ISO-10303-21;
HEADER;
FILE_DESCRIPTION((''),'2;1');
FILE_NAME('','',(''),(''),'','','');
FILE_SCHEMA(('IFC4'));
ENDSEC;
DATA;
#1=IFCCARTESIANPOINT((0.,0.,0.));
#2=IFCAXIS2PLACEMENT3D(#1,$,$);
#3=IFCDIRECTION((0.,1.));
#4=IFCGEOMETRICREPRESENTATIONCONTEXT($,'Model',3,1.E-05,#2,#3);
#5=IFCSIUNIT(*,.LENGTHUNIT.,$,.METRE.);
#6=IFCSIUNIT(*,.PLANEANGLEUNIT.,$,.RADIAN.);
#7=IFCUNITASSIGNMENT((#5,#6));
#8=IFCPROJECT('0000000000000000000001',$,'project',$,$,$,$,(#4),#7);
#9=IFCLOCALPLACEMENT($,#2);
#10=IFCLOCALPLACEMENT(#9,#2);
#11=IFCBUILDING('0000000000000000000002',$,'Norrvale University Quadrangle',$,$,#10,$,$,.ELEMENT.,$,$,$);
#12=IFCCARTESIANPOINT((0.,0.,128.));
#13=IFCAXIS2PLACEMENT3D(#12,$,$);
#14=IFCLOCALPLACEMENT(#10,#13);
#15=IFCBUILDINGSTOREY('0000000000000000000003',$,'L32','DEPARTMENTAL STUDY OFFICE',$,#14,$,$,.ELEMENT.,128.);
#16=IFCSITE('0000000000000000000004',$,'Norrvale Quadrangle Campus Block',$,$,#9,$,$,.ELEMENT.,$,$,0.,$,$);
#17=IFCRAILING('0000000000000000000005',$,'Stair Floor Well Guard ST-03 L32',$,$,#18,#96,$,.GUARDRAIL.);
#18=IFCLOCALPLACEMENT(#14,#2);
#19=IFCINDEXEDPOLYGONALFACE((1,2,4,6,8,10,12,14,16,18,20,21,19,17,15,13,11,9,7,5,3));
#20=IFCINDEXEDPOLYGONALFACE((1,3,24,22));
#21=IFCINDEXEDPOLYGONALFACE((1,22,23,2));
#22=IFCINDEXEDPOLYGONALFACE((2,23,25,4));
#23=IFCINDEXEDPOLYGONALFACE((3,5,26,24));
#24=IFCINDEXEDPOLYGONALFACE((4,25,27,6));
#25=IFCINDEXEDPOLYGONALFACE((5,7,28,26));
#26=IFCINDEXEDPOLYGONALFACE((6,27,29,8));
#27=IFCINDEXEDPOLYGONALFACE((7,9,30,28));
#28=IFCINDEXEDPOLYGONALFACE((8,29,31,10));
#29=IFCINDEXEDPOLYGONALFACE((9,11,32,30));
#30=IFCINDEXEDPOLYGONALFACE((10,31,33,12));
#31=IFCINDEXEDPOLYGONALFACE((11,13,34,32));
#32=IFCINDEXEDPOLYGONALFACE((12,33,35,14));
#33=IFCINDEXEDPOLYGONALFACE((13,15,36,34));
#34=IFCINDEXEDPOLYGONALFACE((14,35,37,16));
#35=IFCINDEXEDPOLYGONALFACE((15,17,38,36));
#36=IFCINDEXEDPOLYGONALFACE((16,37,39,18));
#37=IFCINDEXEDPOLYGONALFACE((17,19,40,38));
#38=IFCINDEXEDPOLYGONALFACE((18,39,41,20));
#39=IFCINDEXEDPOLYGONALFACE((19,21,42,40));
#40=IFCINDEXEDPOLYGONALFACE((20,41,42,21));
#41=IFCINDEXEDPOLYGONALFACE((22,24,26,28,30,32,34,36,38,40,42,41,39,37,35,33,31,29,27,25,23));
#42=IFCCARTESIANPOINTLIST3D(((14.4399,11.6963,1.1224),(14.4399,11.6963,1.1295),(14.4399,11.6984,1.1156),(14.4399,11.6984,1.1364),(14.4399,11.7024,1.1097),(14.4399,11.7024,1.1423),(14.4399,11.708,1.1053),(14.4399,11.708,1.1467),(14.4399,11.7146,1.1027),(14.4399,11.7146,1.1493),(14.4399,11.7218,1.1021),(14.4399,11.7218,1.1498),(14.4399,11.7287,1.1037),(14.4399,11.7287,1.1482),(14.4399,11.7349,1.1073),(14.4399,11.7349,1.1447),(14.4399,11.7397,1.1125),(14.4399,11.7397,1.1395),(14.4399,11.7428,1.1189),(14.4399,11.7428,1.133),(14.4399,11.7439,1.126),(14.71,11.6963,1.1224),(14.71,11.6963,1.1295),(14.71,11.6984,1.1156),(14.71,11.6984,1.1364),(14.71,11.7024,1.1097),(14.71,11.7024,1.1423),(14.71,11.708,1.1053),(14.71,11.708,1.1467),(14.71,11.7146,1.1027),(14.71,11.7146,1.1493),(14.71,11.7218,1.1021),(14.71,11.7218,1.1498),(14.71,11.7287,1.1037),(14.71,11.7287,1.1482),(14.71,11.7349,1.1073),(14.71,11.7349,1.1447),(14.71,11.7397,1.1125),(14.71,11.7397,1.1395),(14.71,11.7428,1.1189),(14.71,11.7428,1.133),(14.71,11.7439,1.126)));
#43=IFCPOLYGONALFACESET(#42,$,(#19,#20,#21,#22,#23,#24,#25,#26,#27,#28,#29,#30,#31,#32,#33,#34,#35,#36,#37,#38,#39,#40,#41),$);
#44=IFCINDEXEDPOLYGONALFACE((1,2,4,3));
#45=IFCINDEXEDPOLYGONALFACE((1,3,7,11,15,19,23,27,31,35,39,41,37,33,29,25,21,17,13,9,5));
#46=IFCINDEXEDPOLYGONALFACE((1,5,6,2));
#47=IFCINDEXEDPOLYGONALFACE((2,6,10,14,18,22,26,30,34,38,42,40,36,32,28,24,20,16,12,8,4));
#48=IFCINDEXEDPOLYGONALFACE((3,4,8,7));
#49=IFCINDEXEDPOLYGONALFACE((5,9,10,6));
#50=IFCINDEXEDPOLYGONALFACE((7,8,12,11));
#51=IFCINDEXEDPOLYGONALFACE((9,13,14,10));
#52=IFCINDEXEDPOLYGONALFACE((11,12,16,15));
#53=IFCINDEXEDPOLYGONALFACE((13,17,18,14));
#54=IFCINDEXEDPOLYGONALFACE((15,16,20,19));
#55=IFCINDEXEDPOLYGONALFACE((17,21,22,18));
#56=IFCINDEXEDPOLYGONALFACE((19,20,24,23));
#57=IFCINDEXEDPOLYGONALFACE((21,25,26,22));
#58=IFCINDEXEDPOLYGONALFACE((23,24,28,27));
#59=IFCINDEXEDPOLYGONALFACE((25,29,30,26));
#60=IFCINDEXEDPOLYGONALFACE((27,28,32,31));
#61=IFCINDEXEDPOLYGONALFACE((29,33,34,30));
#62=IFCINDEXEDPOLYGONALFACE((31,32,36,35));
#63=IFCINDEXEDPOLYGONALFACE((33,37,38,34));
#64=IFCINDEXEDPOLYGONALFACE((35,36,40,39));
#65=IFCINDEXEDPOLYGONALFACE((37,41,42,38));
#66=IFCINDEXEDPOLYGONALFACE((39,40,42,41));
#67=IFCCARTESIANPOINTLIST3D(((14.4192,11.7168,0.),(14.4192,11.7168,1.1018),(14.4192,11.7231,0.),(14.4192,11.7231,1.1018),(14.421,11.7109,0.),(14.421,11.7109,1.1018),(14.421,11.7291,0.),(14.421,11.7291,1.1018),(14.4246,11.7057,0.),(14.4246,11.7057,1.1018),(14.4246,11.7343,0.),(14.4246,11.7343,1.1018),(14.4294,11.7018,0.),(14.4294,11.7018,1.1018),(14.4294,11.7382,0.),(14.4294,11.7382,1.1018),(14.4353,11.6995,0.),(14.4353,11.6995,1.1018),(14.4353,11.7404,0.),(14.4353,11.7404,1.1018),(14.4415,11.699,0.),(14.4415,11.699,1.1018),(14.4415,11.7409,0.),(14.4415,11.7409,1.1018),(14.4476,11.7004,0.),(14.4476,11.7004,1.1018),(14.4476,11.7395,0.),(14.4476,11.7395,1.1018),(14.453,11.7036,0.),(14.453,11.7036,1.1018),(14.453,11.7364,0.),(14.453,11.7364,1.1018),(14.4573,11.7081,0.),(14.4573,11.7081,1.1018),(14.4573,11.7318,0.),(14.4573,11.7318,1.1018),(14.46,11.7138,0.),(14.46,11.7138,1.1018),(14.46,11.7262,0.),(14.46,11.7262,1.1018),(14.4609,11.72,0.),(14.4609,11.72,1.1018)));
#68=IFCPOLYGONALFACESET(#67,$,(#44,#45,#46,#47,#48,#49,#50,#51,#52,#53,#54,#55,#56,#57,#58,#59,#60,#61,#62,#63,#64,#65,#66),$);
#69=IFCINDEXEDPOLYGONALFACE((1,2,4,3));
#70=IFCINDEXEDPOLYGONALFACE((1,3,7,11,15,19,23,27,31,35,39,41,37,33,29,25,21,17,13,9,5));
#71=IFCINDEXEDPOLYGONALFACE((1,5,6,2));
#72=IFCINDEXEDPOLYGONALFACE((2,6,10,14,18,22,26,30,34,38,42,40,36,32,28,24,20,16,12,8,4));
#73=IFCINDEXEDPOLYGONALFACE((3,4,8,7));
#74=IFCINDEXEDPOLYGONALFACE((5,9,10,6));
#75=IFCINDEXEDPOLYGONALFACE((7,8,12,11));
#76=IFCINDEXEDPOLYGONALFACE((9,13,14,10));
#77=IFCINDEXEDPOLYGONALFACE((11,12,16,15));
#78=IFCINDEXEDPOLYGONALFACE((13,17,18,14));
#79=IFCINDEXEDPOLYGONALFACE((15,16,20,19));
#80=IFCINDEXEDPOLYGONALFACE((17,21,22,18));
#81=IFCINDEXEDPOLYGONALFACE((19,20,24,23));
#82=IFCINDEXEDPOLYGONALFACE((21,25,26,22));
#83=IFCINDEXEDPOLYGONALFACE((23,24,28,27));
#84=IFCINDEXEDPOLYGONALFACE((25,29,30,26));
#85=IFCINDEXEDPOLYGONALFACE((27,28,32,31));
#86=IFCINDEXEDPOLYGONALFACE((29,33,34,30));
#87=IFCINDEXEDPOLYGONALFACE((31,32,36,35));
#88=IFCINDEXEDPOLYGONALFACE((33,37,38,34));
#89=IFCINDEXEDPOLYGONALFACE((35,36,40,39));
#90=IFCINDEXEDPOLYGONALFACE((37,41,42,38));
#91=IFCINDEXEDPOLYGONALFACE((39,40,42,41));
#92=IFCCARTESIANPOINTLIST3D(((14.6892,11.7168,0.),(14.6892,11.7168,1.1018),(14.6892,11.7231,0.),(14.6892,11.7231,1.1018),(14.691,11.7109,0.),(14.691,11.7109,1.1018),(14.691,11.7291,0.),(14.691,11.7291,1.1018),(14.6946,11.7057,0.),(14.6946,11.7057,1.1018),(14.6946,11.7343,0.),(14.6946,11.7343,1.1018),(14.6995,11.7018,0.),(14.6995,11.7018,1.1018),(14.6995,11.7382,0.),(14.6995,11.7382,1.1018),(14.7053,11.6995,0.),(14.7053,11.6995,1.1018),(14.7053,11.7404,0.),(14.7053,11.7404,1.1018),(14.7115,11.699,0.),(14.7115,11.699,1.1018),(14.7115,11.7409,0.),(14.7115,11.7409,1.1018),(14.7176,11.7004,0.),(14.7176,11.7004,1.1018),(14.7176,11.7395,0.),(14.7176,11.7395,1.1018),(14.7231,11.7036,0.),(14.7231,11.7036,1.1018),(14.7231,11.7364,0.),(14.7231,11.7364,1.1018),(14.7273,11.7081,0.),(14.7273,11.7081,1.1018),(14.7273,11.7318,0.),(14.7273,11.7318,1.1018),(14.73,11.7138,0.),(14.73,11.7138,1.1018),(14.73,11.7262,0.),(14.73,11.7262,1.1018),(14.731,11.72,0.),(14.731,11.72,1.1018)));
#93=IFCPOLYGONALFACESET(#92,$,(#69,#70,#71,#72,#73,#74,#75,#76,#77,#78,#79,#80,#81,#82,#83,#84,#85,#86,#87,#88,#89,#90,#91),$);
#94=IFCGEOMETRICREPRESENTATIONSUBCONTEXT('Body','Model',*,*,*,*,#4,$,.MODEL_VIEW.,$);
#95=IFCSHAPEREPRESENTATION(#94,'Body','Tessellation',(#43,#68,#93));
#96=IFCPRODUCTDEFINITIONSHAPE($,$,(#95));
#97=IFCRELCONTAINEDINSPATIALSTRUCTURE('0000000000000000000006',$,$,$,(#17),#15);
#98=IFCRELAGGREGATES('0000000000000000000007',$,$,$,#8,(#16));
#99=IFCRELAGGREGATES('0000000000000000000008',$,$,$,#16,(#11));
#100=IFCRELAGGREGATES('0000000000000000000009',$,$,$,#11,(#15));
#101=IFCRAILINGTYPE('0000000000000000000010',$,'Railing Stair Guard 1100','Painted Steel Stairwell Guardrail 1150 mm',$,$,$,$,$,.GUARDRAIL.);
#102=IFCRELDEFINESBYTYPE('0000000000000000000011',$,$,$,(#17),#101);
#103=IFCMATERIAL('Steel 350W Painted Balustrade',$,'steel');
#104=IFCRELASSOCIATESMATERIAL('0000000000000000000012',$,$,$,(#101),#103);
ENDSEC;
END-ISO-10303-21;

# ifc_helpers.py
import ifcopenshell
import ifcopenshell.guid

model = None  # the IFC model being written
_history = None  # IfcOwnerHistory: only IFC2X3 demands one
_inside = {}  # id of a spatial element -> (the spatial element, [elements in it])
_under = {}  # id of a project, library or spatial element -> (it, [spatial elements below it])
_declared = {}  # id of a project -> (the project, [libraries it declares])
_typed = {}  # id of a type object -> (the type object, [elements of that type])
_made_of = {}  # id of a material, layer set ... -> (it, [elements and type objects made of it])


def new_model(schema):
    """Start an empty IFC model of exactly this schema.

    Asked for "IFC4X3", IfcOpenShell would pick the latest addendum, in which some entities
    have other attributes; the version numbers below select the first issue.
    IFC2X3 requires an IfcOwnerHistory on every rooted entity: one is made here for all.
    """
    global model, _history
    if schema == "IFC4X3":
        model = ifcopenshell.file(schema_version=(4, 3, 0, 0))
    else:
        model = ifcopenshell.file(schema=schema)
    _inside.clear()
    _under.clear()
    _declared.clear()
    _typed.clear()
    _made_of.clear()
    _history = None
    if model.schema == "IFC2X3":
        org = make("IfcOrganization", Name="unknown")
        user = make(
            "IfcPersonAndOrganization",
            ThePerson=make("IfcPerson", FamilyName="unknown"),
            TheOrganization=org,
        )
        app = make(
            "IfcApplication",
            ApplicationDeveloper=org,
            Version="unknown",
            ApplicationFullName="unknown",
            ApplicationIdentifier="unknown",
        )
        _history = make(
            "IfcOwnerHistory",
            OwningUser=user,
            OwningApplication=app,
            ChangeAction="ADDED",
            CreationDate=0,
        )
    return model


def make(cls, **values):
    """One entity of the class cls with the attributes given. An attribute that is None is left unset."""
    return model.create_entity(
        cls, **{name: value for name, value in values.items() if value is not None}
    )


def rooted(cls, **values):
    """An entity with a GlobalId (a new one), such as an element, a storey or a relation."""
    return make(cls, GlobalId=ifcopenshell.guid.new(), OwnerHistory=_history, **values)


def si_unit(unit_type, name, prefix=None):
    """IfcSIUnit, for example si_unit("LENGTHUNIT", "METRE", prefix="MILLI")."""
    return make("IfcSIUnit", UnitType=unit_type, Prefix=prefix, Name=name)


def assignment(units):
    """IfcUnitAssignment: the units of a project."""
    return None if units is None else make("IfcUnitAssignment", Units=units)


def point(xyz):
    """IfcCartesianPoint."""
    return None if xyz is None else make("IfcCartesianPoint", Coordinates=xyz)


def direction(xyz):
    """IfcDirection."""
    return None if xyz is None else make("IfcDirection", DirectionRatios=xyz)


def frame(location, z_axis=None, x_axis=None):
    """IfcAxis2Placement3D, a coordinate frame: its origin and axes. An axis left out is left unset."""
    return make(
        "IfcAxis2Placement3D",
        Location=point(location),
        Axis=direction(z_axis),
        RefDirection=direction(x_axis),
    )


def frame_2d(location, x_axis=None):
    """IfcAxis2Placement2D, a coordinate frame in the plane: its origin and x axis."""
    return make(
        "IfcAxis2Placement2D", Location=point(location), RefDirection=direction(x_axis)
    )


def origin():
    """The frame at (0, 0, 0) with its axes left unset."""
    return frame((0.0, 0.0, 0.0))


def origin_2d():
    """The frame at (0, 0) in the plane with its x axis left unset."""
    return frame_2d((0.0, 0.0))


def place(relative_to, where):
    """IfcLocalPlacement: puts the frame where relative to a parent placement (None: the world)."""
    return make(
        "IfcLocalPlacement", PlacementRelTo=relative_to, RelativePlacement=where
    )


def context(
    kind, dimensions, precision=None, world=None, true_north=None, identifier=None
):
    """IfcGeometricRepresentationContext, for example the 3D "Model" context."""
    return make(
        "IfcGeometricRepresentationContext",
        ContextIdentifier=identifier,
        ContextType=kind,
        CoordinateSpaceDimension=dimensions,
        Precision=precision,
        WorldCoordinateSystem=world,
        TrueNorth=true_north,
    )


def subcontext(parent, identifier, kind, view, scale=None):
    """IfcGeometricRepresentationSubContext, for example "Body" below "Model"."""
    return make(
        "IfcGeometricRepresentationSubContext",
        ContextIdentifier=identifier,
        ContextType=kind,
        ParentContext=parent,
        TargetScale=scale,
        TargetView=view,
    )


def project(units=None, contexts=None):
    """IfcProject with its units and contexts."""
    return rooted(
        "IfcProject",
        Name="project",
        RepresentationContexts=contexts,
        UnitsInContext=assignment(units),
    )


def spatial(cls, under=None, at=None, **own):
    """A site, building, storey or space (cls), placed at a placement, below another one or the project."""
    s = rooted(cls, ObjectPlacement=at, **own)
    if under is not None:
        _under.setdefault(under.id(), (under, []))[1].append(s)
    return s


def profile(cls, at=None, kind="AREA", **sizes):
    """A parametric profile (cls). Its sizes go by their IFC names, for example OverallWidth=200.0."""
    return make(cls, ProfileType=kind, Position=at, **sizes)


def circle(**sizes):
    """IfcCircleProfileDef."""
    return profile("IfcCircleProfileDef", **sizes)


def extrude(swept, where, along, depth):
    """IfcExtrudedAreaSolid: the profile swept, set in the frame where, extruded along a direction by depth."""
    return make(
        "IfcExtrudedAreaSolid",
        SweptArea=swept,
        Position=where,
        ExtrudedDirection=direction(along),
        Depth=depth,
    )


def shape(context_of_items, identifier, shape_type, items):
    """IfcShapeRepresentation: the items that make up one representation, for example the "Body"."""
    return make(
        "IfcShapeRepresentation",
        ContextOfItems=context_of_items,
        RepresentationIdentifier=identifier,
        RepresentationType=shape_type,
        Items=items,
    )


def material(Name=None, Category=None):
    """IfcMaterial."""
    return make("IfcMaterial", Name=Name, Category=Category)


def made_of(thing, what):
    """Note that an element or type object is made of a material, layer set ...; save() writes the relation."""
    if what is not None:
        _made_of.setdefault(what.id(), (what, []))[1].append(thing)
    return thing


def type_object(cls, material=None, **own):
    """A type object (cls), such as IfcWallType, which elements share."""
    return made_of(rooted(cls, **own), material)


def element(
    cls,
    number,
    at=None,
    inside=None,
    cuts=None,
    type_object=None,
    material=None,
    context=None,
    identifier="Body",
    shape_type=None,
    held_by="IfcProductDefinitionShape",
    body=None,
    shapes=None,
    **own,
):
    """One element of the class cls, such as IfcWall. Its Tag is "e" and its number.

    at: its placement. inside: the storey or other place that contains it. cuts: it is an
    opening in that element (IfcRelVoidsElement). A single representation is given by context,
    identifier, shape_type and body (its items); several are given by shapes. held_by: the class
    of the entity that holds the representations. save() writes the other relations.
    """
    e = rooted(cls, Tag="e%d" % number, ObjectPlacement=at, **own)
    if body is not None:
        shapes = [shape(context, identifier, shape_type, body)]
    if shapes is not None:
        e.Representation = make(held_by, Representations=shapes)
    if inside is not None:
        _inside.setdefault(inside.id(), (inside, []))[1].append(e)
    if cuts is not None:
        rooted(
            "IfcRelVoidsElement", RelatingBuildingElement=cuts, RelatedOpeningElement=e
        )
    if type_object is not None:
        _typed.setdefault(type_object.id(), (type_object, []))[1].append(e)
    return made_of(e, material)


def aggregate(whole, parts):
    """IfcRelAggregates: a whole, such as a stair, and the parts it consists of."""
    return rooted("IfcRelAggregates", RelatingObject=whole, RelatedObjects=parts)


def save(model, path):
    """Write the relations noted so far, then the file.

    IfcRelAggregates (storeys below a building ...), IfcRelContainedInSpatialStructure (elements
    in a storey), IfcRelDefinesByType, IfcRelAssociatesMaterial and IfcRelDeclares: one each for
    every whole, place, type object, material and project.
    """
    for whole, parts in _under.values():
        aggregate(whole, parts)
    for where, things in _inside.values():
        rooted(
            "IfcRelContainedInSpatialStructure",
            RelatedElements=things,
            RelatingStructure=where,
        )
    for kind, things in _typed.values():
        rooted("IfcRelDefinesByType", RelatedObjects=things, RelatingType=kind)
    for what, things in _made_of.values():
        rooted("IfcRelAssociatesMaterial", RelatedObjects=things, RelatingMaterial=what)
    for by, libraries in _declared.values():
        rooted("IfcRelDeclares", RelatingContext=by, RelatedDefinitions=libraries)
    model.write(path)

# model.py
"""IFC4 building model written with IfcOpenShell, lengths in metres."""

from ifc_helpers import new_model, si_unit, direction, frame, origin, origin_2d, place, context, subcontext, project, spatial, circle, extrude, material, type_object, element, save


model = new_model("IFC4")

# Units and contexts
model_context = context("Model", 3, precision=1e-05, world=origin(), true_north=direction((0.0, 1.0)))
body_context = subcontext(model_context, "Body", "Model", "MODEL_VIEW")
ifc_project = project(units=[si_unit("LENGTHUNIT", "METRE"), si_unit("PLANEANGLEUNIT", "RADIAN")], contexts=[model_context])

# Site, building, storey
site_placement = place(None, origin())
site = spatial("IfcSite", under=ifc_project, at=site_placement, Name="Norrvale Quadrangle Campus Block", CompositionType="ELEMENT", RefElevation=0.0)
building_placement = place(site_placement, origin())
building = spatial("IfcBuilding", under=site, at=building_placement, Name="Norrvale University Quadrangle", CompositionType="ELEMENT")
storey_placement = place(building_placement, frame((0.0, 0.0, 128.0)))
storey = spatial("IfcBuildingStorey", under=building, at=storey_placement, Name="L32", Description="DEPARTMENTAL STUDY OFFICE", CompositionType="ELEMENT", Elevation=128.0)

# Railing
ifc_material_1 = material(Name="Steel 350W Painted Balustrade", Category="steel")
railing_type_1 = type_object("IfcRailingType", Name="Railing Stair Guard 1100", Description="Painted Steel Stairwell Guardrail 1150 mm", PredefinedType="GUARDRAIL", material=ifc_material_1)
for number, where, name in (
    (1, (14.4399, 11.72, 0.0), "Stair Floor Well Guard ST-03 L32"),
):
    element("IfcRailing", number, at=place(storey_placement, frame(where)), inside=storey, type_object=railing_type_1, Name=name, PredefinedType="GUARDRAIL", context=body_context, shape_type="SweptSolid", body=[
        extrude(circle(Radius=0.0239, at=origin_2d()), frame((0.0, 0.0, 1.126), z_axis=(1.0, 0.0, 0.0), x_axis=(0.0, 1.0, 0.0)), (0.0, 0.0, 1.0), 0.27),
        extrude(circle(Radius=0.021, at=origin_2d()), origin(), (0.0, 0.0, 1.0), 1.1018),
        extrude(circle(Radius=0.021, at=origin_2d()), frame((0.27, 0.0, 0.0)), (0.0, 0.0, 1.0), 1.1018),
    ])

save(model, "model.ifc")
